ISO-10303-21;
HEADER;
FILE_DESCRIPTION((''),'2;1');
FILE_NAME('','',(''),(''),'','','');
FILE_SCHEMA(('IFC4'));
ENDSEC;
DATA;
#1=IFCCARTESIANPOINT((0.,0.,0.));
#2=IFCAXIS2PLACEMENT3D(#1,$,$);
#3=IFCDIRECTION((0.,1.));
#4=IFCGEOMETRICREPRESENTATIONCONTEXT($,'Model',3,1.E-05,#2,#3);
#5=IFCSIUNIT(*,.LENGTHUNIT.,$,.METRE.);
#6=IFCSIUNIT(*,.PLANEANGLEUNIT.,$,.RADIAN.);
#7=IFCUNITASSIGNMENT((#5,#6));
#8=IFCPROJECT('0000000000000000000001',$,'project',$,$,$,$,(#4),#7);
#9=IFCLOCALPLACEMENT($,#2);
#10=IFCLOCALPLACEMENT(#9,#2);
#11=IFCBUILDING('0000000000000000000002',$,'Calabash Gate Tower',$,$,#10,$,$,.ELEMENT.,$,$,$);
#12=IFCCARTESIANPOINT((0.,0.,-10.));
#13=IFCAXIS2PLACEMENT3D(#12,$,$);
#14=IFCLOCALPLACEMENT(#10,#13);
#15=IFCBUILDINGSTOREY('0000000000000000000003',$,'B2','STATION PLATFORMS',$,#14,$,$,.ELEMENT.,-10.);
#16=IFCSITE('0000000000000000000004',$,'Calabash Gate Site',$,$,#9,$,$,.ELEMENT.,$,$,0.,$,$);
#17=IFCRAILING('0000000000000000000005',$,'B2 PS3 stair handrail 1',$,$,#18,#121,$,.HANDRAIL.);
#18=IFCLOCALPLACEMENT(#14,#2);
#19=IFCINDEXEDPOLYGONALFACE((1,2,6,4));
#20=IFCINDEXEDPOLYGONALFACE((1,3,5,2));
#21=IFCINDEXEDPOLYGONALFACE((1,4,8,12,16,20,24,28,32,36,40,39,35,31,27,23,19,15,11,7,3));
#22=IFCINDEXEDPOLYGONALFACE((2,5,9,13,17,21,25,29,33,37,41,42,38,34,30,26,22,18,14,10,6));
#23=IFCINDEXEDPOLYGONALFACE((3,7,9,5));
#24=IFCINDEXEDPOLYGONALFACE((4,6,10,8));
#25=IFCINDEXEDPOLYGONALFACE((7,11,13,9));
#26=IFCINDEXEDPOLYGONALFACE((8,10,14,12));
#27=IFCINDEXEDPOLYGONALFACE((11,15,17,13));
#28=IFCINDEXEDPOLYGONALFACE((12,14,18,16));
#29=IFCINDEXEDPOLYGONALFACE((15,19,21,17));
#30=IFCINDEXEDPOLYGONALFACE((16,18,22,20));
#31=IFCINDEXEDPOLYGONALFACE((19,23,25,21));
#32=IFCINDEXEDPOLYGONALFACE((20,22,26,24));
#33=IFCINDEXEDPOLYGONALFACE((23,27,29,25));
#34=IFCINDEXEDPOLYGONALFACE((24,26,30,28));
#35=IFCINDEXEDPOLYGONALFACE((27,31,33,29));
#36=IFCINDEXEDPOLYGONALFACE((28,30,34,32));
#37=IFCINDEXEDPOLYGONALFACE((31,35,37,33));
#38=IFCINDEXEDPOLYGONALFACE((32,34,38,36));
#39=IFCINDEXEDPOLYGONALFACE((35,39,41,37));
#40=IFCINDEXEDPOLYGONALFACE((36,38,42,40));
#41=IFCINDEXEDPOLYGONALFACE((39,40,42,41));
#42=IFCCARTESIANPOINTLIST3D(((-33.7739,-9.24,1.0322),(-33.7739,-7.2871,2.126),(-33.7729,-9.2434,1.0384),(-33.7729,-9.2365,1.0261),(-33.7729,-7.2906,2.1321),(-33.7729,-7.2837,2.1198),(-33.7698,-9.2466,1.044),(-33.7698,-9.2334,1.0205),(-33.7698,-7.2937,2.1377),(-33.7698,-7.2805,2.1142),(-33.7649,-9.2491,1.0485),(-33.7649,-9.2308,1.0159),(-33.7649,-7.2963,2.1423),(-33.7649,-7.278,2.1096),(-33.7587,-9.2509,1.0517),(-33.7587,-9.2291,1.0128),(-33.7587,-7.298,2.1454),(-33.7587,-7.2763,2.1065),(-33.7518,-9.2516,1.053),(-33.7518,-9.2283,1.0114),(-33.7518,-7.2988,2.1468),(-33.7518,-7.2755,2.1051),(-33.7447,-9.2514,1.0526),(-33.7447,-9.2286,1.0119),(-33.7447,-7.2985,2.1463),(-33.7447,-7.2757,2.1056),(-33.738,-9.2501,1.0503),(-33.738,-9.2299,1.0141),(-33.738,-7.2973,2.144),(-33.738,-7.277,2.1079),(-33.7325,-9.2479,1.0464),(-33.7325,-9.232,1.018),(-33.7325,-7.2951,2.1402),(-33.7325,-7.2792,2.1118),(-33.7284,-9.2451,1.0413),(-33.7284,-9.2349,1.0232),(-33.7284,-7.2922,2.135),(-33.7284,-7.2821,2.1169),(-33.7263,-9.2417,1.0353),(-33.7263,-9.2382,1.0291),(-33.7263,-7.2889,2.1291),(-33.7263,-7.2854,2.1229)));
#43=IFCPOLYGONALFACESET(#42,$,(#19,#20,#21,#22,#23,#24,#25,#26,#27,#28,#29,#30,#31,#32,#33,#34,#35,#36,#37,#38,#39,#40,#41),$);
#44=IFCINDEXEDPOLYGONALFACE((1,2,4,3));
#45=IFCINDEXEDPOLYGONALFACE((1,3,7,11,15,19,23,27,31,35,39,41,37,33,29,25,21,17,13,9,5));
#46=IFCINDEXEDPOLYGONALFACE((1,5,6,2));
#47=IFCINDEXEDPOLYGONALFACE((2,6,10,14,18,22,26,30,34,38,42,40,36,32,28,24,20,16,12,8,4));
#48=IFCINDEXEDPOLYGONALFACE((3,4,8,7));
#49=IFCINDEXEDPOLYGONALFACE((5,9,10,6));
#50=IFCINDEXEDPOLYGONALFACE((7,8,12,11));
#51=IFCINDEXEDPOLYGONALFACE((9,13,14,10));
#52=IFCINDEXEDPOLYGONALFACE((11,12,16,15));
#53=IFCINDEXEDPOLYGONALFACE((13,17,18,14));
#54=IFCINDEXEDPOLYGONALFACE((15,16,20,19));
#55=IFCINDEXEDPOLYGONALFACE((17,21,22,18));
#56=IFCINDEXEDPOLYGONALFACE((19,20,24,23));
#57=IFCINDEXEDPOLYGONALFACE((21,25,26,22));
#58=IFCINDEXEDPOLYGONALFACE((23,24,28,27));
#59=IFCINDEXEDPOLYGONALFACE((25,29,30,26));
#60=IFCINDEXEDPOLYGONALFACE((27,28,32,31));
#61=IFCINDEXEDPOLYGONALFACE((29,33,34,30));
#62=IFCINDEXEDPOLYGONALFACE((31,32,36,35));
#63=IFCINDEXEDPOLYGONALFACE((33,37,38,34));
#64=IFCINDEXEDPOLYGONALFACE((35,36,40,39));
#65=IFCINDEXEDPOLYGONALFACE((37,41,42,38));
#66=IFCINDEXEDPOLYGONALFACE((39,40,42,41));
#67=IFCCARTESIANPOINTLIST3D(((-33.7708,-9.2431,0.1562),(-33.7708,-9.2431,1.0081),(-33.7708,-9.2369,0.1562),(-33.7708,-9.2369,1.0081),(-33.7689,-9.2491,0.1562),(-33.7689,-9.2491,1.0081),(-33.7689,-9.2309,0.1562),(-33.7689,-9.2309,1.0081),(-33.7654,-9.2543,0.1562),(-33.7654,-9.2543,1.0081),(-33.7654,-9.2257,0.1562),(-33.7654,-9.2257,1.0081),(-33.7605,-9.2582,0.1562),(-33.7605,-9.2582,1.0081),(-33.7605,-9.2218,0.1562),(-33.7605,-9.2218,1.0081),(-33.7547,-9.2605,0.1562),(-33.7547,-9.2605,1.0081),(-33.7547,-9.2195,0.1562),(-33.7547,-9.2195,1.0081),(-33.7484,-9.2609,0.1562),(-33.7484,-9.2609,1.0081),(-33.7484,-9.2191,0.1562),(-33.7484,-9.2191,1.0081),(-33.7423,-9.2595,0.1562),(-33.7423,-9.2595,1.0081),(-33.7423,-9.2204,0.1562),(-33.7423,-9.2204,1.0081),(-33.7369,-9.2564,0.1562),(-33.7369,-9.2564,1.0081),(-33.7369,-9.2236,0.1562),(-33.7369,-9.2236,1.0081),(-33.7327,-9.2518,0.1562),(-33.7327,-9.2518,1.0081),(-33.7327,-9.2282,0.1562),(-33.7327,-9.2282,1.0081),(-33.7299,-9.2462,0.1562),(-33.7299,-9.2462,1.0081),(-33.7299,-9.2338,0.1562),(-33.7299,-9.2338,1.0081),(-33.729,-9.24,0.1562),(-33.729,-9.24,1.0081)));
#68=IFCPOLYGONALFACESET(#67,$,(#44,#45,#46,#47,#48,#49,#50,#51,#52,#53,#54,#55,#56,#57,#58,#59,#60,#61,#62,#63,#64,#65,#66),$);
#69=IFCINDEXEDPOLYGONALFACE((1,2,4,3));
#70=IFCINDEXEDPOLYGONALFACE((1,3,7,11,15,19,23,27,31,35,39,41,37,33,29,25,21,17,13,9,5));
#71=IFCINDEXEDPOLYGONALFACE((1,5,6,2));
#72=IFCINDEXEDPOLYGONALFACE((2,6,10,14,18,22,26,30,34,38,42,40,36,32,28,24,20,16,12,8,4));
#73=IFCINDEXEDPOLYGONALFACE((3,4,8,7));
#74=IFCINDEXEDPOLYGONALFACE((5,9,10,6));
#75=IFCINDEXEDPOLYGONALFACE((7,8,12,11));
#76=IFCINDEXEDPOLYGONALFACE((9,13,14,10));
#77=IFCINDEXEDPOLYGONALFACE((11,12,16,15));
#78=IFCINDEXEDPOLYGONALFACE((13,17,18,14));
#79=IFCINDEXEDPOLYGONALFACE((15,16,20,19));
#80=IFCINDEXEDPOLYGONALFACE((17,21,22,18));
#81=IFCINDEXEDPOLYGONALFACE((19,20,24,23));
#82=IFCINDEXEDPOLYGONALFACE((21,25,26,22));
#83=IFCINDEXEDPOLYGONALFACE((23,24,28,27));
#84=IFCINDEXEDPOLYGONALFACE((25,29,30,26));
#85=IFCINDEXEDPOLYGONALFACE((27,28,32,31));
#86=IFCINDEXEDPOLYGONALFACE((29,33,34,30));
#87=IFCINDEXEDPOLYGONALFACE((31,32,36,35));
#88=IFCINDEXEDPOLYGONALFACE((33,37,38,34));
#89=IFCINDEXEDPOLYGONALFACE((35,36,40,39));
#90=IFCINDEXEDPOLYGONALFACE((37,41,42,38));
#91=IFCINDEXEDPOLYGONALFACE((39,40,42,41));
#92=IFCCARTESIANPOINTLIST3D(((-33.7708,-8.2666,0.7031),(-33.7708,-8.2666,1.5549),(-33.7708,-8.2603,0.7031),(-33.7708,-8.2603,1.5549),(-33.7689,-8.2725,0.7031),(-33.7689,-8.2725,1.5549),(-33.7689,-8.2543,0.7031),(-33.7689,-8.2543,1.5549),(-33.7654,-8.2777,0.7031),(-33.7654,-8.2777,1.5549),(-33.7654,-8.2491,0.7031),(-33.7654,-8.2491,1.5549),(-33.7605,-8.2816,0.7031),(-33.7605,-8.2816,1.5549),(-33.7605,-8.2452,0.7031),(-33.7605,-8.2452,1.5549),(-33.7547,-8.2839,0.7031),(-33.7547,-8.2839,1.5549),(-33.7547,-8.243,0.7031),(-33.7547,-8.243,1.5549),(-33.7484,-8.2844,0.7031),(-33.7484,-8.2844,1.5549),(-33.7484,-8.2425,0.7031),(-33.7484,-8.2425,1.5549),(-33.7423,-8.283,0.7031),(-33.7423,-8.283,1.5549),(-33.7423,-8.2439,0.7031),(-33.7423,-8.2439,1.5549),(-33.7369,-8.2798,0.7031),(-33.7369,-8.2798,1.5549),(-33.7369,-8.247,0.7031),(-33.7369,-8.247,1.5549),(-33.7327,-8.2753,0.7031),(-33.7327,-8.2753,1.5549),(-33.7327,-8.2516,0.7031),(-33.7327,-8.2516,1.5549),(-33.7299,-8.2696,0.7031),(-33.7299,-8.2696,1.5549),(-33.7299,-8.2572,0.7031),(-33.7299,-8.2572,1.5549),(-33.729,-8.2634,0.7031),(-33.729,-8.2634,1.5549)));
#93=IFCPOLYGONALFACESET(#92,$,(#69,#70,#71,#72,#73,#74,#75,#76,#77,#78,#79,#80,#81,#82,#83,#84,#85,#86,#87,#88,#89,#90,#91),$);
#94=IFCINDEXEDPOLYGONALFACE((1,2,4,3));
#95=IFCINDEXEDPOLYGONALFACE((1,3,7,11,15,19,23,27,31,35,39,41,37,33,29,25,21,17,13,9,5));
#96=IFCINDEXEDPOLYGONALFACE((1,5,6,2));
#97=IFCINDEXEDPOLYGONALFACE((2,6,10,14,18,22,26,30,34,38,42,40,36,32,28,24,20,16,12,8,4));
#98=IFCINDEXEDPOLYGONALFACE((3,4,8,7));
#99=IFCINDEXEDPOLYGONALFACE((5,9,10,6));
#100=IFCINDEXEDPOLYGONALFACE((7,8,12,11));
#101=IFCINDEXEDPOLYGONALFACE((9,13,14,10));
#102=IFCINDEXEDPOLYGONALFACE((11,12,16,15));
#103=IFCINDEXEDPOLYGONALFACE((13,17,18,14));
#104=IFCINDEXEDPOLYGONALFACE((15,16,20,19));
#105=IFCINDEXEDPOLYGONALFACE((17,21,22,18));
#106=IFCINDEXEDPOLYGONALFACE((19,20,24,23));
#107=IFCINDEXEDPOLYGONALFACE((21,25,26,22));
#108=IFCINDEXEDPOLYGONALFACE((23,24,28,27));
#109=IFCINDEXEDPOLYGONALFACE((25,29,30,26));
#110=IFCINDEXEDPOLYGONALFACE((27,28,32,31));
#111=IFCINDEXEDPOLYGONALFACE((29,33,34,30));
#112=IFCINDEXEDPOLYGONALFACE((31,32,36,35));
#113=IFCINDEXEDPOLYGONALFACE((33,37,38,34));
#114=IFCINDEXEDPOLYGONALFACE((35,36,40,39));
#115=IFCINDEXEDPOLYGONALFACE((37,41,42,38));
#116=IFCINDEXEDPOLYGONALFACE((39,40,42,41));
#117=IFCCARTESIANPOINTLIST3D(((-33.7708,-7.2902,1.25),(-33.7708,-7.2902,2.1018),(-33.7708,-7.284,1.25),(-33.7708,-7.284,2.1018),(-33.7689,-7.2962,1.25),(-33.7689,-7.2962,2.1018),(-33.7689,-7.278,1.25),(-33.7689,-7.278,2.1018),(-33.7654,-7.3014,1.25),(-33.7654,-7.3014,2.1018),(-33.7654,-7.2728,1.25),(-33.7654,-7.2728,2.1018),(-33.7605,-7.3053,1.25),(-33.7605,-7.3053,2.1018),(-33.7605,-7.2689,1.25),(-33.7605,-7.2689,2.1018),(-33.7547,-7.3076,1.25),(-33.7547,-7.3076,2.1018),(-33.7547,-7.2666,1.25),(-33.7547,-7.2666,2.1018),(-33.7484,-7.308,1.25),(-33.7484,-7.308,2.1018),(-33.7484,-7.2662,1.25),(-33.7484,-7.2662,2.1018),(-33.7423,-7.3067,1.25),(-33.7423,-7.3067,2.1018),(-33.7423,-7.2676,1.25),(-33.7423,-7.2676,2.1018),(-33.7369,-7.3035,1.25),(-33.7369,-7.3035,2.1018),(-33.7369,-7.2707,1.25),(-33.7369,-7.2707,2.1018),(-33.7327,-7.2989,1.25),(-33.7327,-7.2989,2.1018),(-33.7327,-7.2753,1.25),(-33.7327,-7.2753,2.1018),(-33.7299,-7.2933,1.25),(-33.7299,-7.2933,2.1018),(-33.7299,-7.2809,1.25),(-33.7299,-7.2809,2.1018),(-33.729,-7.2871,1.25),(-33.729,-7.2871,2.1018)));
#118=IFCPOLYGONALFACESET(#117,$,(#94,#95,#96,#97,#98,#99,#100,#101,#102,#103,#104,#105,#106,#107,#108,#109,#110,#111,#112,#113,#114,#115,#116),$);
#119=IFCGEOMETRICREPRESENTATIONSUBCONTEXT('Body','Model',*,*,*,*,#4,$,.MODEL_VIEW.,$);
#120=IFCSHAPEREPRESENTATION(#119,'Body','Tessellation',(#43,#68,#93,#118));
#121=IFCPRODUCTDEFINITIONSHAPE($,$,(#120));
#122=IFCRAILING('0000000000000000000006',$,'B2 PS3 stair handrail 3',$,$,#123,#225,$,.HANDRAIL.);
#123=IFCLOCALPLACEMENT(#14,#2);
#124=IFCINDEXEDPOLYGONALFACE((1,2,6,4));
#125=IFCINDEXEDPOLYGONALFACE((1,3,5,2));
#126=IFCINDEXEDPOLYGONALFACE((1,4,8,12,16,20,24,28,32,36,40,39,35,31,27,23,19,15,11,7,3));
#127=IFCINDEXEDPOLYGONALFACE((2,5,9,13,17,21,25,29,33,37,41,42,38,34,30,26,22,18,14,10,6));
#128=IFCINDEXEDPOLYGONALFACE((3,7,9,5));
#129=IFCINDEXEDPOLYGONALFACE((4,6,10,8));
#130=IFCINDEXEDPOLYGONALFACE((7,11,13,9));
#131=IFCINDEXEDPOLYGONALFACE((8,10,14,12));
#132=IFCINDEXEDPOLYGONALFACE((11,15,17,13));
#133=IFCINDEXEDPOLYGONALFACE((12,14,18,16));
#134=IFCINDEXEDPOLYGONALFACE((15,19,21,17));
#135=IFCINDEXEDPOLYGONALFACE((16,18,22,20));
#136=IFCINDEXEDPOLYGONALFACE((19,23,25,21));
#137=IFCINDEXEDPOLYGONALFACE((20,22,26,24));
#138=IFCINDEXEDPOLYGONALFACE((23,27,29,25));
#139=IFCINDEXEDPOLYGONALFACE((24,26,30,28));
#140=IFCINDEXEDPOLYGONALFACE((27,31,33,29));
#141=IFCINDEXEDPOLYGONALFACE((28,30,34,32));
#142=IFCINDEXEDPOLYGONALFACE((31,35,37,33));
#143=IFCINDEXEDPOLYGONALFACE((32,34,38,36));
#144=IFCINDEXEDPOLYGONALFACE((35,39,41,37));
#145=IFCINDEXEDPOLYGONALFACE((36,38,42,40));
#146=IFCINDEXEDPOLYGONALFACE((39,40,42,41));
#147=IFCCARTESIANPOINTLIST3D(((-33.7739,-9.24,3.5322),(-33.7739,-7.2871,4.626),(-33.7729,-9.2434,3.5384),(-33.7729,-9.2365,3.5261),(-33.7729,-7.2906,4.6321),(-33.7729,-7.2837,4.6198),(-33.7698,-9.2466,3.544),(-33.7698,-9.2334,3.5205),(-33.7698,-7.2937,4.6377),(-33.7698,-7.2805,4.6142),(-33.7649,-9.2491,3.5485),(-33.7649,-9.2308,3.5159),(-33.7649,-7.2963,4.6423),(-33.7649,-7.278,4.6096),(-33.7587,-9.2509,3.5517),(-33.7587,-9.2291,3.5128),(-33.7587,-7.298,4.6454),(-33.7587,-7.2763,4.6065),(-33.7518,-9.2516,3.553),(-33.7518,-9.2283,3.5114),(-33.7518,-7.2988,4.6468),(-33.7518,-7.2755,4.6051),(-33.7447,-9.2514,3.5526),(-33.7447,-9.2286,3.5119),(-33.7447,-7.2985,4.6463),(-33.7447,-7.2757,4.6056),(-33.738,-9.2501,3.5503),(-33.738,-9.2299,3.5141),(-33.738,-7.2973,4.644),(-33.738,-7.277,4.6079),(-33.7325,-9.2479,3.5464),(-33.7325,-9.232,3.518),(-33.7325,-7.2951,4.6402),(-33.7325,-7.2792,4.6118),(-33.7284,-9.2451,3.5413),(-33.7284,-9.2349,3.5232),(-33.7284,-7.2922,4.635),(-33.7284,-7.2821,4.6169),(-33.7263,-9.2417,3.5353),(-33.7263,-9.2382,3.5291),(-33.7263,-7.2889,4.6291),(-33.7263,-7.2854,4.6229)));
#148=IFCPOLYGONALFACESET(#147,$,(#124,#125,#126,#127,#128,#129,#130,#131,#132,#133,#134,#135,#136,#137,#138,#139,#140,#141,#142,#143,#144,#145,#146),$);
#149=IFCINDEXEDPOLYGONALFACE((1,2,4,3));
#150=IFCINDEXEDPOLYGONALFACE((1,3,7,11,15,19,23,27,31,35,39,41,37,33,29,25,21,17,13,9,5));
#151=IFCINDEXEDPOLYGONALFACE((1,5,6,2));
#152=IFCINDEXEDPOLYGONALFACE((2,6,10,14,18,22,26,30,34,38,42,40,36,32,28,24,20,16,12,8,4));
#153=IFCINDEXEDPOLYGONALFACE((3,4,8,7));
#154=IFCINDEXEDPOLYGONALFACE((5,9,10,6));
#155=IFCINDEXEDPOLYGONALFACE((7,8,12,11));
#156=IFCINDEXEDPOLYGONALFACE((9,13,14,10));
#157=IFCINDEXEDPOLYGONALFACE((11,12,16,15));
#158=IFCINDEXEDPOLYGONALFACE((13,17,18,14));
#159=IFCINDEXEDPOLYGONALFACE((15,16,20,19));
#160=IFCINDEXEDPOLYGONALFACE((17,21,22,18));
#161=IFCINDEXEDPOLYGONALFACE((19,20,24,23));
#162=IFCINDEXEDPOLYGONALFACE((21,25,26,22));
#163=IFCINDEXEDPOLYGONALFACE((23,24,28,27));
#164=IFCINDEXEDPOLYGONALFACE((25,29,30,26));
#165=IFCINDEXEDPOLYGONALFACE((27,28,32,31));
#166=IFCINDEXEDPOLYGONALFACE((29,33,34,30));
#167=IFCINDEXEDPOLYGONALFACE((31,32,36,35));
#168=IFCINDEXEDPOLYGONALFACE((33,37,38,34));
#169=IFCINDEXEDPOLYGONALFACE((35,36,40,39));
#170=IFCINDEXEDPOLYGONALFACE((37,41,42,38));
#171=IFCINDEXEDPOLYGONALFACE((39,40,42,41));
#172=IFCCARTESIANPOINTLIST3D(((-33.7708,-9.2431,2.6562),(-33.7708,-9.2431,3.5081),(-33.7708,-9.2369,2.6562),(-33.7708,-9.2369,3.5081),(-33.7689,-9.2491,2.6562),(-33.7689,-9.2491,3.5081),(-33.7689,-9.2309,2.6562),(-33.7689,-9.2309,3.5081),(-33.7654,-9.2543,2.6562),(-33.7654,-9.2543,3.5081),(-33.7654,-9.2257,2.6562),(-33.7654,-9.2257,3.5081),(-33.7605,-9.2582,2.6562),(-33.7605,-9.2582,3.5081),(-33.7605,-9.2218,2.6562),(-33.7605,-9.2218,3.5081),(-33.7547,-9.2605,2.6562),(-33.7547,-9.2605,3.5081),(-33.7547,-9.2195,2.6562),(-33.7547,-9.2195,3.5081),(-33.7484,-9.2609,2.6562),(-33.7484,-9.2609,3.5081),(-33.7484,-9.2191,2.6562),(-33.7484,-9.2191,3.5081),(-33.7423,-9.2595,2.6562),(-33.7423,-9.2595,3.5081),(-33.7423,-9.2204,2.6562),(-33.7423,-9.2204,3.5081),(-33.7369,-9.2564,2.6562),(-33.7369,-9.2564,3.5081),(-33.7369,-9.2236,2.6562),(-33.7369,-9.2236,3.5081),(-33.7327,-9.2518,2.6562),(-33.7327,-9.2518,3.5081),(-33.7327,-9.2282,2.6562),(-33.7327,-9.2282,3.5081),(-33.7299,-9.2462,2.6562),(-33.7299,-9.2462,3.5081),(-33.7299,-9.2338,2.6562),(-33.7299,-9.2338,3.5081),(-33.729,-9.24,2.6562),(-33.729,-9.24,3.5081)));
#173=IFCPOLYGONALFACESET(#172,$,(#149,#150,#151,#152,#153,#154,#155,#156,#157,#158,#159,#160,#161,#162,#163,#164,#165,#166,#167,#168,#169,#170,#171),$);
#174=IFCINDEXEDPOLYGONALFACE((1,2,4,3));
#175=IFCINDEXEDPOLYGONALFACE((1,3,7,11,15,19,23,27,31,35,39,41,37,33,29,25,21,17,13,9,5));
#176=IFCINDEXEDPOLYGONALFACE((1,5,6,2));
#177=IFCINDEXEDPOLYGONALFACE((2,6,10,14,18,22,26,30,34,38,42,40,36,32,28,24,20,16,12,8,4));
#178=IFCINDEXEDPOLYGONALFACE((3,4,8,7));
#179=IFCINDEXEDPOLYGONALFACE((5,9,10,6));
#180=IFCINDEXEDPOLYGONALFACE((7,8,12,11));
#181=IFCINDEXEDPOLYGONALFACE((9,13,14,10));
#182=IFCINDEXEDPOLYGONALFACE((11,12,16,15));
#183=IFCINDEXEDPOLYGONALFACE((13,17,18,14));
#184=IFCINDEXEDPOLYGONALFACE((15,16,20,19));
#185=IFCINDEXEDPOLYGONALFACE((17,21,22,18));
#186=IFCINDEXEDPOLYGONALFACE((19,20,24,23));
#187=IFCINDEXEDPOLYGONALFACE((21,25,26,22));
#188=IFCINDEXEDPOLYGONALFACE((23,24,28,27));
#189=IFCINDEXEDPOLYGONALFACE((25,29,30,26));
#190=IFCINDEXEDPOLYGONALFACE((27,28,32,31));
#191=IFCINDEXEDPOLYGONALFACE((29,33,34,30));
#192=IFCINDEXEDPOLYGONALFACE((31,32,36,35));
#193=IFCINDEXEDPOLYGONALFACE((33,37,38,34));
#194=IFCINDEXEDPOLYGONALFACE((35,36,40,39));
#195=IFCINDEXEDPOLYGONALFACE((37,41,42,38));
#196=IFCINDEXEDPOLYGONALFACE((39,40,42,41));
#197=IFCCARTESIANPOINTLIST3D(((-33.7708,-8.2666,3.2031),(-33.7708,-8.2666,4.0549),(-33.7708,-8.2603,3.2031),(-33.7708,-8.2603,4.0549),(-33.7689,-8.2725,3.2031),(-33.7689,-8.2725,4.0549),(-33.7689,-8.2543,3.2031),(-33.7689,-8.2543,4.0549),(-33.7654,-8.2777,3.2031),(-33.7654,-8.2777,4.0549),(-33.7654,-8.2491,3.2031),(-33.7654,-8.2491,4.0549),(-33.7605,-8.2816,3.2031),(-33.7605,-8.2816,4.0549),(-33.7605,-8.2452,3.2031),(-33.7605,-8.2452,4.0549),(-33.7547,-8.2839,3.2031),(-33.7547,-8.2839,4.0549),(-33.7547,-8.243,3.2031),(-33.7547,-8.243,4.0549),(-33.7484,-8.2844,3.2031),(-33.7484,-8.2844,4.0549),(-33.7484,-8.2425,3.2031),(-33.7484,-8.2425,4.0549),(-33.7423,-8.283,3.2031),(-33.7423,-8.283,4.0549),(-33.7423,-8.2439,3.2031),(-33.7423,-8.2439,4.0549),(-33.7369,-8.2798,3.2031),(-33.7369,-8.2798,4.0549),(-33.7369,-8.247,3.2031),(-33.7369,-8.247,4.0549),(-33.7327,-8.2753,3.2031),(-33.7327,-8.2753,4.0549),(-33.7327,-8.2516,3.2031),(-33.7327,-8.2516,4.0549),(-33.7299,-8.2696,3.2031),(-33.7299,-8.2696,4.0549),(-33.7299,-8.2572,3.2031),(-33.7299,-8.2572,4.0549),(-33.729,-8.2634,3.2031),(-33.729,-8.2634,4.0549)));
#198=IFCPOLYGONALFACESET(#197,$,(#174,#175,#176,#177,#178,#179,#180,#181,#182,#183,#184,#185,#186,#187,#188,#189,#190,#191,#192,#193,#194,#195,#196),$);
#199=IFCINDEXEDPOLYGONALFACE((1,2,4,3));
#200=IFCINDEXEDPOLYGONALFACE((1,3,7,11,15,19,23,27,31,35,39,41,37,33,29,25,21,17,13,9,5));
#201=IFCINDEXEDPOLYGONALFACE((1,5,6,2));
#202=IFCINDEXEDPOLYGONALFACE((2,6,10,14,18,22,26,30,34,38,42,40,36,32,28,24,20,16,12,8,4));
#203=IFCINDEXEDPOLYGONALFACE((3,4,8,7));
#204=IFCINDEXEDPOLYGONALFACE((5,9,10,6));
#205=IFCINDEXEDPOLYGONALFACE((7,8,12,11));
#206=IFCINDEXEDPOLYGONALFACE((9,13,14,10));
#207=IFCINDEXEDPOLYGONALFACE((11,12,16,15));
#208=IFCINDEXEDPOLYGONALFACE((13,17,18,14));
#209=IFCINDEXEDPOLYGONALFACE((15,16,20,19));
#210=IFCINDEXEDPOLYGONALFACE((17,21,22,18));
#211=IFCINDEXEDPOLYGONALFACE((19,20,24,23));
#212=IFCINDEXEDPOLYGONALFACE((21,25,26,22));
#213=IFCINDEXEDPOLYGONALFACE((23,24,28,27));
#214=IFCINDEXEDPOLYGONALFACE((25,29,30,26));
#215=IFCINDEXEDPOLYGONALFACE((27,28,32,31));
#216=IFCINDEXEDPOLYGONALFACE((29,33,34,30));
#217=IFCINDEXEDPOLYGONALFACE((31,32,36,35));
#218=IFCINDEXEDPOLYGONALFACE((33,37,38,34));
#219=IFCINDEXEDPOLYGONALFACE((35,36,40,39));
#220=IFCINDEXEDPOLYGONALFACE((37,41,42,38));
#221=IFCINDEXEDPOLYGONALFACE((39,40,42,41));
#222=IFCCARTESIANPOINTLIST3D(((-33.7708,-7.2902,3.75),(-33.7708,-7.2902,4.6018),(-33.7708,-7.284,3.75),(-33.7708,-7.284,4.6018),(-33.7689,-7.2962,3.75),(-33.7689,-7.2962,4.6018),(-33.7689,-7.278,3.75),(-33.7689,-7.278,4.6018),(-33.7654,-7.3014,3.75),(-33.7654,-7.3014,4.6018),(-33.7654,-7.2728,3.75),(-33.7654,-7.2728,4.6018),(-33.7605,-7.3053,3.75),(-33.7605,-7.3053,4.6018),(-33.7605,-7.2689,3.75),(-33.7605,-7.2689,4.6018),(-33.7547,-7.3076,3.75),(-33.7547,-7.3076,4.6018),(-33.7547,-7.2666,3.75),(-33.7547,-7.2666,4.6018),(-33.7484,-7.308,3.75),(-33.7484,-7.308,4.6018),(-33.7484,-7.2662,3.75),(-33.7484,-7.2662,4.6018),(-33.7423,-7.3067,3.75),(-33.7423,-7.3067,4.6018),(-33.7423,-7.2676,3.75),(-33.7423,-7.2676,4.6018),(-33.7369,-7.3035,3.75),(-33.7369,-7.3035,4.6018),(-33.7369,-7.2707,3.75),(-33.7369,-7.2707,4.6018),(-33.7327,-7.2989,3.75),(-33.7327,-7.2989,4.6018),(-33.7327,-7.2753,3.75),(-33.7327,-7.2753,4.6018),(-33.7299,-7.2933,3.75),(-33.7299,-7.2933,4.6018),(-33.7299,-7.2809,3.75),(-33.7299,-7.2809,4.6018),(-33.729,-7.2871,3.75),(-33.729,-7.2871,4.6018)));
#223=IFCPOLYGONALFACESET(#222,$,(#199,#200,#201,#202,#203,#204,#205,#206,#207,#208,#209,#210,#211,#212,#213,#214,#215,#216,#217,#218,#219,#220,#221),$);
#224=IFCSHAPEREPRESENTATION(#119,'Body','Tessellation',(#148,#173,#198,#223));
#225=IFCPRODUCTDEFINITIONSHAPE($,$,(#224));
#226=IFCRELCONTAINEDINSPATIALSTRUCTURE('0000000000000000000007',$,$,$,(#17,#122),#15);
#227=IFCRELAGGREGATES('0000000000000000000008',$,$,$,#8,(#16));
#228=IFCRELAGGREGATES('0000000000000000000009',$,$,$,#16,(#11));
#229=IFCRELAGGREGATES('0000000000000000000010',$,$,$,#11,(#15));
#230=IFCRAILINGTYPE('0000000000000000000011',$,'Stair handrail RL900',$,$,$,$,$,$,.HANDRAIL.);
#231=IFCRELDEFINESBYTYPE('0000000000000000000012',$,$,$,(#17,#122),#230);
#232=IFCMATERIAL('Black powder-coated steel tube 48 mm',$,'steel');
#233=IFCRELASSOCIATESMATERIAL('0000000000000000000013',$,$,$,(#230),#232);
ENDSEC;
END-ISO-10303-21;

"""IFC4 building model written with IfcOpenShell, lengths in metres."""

from ifc_helpers import new_model, si_unit, direction, frame, origin, origin_2d, place, context, subcontext, project, spatial, circle, extrude, material, type_object, element, save


model = new_model("IFC4")

# Units and contexts
model_context = context("Model", 3, precision=1e-05, world=origin(), true_north=direction((0.0, 1.0)))
body_context = subcontext(model_context, "Body", "Model", "MODEL_VIEW")
ifc_project = project(units=[si_unit("LENGTHUNIT", "METRE"), si_unit("PLANEANGLEUNIT", "RADIAN")], contexts=[model_context])

# Site, building, storey
site_placement = place(None, origin())
site = spatial("IfcSite", under=ifc_project, at=site_placement, Name="Calabash Gate Site", CompositionType="ELEMENT", RefElevation=0.0)
building_placement = place(site_placement, origin())
building = spatial("IfcBuilding", under=site, at=building_placement, Name="Calabash Gate Tower", CompositionType="ELEMENT")
storey_placement = place(building_placement, frame((0.0, 0.0, -10.0)))
storey = spatial("IfcBuildingStorey", under=building, at=storey_placement, Name="B2", Description="STATION PLATFORMS", CompositionType="ELEMENT", Elevation=-10.0)

# Railings
ifc_material_1 = material(Name="Black powder-coated steel tube 48 mm", Category="steel")
railing_type_1 = type_object("IfcRailingType", Name="Stair handrail RL900", PredefinedType="HANDRAIL", material=ifc_material_1)
for number, where, name in (
    (1, (-33.75, -9.24, 0.1562), "B2 PS3 stair handrail 1"),
    (2, (-33.75, -9.24, 2.6562), "B2 PS3 stair handrail 3"),
):
    element("IfcRailing", number, at=place(storey_placement, frame(where)), inside=storey, type_object=railing_type_1, Name=name, PredefinedType="HANDRAIL", context=body_context, shape_type="SweptSolid", body=[
        extrude(circle(Radius=0.0239, at=origin_2d()), frame((0.0, 0.0, 0.876), z_axis=(0.0, 0.87248, 0.48865), x_axis=(-1.0, 0.0, 0.0)), (0.0, 0.0, 1.0), 2.2383),
        extrude(circle(Radius=0.021, at=origin_2d()), origin(), (0.0, 0.0, 1.0), 0.8518),
        extrude(circle(Radius=0.021, at=origin_2d()), frame((0.0, 0.9766, 0.5469)), (0.0, 0.0, 1.0), 0.8518),
        extrude(circle(Radius=0.021, at=origin_2d()), frame((0.0, 1.9529, 1.0938)), (0.0, 0.0, 1.0), 0.8518),
    ])

save(model, "model.ifc")
